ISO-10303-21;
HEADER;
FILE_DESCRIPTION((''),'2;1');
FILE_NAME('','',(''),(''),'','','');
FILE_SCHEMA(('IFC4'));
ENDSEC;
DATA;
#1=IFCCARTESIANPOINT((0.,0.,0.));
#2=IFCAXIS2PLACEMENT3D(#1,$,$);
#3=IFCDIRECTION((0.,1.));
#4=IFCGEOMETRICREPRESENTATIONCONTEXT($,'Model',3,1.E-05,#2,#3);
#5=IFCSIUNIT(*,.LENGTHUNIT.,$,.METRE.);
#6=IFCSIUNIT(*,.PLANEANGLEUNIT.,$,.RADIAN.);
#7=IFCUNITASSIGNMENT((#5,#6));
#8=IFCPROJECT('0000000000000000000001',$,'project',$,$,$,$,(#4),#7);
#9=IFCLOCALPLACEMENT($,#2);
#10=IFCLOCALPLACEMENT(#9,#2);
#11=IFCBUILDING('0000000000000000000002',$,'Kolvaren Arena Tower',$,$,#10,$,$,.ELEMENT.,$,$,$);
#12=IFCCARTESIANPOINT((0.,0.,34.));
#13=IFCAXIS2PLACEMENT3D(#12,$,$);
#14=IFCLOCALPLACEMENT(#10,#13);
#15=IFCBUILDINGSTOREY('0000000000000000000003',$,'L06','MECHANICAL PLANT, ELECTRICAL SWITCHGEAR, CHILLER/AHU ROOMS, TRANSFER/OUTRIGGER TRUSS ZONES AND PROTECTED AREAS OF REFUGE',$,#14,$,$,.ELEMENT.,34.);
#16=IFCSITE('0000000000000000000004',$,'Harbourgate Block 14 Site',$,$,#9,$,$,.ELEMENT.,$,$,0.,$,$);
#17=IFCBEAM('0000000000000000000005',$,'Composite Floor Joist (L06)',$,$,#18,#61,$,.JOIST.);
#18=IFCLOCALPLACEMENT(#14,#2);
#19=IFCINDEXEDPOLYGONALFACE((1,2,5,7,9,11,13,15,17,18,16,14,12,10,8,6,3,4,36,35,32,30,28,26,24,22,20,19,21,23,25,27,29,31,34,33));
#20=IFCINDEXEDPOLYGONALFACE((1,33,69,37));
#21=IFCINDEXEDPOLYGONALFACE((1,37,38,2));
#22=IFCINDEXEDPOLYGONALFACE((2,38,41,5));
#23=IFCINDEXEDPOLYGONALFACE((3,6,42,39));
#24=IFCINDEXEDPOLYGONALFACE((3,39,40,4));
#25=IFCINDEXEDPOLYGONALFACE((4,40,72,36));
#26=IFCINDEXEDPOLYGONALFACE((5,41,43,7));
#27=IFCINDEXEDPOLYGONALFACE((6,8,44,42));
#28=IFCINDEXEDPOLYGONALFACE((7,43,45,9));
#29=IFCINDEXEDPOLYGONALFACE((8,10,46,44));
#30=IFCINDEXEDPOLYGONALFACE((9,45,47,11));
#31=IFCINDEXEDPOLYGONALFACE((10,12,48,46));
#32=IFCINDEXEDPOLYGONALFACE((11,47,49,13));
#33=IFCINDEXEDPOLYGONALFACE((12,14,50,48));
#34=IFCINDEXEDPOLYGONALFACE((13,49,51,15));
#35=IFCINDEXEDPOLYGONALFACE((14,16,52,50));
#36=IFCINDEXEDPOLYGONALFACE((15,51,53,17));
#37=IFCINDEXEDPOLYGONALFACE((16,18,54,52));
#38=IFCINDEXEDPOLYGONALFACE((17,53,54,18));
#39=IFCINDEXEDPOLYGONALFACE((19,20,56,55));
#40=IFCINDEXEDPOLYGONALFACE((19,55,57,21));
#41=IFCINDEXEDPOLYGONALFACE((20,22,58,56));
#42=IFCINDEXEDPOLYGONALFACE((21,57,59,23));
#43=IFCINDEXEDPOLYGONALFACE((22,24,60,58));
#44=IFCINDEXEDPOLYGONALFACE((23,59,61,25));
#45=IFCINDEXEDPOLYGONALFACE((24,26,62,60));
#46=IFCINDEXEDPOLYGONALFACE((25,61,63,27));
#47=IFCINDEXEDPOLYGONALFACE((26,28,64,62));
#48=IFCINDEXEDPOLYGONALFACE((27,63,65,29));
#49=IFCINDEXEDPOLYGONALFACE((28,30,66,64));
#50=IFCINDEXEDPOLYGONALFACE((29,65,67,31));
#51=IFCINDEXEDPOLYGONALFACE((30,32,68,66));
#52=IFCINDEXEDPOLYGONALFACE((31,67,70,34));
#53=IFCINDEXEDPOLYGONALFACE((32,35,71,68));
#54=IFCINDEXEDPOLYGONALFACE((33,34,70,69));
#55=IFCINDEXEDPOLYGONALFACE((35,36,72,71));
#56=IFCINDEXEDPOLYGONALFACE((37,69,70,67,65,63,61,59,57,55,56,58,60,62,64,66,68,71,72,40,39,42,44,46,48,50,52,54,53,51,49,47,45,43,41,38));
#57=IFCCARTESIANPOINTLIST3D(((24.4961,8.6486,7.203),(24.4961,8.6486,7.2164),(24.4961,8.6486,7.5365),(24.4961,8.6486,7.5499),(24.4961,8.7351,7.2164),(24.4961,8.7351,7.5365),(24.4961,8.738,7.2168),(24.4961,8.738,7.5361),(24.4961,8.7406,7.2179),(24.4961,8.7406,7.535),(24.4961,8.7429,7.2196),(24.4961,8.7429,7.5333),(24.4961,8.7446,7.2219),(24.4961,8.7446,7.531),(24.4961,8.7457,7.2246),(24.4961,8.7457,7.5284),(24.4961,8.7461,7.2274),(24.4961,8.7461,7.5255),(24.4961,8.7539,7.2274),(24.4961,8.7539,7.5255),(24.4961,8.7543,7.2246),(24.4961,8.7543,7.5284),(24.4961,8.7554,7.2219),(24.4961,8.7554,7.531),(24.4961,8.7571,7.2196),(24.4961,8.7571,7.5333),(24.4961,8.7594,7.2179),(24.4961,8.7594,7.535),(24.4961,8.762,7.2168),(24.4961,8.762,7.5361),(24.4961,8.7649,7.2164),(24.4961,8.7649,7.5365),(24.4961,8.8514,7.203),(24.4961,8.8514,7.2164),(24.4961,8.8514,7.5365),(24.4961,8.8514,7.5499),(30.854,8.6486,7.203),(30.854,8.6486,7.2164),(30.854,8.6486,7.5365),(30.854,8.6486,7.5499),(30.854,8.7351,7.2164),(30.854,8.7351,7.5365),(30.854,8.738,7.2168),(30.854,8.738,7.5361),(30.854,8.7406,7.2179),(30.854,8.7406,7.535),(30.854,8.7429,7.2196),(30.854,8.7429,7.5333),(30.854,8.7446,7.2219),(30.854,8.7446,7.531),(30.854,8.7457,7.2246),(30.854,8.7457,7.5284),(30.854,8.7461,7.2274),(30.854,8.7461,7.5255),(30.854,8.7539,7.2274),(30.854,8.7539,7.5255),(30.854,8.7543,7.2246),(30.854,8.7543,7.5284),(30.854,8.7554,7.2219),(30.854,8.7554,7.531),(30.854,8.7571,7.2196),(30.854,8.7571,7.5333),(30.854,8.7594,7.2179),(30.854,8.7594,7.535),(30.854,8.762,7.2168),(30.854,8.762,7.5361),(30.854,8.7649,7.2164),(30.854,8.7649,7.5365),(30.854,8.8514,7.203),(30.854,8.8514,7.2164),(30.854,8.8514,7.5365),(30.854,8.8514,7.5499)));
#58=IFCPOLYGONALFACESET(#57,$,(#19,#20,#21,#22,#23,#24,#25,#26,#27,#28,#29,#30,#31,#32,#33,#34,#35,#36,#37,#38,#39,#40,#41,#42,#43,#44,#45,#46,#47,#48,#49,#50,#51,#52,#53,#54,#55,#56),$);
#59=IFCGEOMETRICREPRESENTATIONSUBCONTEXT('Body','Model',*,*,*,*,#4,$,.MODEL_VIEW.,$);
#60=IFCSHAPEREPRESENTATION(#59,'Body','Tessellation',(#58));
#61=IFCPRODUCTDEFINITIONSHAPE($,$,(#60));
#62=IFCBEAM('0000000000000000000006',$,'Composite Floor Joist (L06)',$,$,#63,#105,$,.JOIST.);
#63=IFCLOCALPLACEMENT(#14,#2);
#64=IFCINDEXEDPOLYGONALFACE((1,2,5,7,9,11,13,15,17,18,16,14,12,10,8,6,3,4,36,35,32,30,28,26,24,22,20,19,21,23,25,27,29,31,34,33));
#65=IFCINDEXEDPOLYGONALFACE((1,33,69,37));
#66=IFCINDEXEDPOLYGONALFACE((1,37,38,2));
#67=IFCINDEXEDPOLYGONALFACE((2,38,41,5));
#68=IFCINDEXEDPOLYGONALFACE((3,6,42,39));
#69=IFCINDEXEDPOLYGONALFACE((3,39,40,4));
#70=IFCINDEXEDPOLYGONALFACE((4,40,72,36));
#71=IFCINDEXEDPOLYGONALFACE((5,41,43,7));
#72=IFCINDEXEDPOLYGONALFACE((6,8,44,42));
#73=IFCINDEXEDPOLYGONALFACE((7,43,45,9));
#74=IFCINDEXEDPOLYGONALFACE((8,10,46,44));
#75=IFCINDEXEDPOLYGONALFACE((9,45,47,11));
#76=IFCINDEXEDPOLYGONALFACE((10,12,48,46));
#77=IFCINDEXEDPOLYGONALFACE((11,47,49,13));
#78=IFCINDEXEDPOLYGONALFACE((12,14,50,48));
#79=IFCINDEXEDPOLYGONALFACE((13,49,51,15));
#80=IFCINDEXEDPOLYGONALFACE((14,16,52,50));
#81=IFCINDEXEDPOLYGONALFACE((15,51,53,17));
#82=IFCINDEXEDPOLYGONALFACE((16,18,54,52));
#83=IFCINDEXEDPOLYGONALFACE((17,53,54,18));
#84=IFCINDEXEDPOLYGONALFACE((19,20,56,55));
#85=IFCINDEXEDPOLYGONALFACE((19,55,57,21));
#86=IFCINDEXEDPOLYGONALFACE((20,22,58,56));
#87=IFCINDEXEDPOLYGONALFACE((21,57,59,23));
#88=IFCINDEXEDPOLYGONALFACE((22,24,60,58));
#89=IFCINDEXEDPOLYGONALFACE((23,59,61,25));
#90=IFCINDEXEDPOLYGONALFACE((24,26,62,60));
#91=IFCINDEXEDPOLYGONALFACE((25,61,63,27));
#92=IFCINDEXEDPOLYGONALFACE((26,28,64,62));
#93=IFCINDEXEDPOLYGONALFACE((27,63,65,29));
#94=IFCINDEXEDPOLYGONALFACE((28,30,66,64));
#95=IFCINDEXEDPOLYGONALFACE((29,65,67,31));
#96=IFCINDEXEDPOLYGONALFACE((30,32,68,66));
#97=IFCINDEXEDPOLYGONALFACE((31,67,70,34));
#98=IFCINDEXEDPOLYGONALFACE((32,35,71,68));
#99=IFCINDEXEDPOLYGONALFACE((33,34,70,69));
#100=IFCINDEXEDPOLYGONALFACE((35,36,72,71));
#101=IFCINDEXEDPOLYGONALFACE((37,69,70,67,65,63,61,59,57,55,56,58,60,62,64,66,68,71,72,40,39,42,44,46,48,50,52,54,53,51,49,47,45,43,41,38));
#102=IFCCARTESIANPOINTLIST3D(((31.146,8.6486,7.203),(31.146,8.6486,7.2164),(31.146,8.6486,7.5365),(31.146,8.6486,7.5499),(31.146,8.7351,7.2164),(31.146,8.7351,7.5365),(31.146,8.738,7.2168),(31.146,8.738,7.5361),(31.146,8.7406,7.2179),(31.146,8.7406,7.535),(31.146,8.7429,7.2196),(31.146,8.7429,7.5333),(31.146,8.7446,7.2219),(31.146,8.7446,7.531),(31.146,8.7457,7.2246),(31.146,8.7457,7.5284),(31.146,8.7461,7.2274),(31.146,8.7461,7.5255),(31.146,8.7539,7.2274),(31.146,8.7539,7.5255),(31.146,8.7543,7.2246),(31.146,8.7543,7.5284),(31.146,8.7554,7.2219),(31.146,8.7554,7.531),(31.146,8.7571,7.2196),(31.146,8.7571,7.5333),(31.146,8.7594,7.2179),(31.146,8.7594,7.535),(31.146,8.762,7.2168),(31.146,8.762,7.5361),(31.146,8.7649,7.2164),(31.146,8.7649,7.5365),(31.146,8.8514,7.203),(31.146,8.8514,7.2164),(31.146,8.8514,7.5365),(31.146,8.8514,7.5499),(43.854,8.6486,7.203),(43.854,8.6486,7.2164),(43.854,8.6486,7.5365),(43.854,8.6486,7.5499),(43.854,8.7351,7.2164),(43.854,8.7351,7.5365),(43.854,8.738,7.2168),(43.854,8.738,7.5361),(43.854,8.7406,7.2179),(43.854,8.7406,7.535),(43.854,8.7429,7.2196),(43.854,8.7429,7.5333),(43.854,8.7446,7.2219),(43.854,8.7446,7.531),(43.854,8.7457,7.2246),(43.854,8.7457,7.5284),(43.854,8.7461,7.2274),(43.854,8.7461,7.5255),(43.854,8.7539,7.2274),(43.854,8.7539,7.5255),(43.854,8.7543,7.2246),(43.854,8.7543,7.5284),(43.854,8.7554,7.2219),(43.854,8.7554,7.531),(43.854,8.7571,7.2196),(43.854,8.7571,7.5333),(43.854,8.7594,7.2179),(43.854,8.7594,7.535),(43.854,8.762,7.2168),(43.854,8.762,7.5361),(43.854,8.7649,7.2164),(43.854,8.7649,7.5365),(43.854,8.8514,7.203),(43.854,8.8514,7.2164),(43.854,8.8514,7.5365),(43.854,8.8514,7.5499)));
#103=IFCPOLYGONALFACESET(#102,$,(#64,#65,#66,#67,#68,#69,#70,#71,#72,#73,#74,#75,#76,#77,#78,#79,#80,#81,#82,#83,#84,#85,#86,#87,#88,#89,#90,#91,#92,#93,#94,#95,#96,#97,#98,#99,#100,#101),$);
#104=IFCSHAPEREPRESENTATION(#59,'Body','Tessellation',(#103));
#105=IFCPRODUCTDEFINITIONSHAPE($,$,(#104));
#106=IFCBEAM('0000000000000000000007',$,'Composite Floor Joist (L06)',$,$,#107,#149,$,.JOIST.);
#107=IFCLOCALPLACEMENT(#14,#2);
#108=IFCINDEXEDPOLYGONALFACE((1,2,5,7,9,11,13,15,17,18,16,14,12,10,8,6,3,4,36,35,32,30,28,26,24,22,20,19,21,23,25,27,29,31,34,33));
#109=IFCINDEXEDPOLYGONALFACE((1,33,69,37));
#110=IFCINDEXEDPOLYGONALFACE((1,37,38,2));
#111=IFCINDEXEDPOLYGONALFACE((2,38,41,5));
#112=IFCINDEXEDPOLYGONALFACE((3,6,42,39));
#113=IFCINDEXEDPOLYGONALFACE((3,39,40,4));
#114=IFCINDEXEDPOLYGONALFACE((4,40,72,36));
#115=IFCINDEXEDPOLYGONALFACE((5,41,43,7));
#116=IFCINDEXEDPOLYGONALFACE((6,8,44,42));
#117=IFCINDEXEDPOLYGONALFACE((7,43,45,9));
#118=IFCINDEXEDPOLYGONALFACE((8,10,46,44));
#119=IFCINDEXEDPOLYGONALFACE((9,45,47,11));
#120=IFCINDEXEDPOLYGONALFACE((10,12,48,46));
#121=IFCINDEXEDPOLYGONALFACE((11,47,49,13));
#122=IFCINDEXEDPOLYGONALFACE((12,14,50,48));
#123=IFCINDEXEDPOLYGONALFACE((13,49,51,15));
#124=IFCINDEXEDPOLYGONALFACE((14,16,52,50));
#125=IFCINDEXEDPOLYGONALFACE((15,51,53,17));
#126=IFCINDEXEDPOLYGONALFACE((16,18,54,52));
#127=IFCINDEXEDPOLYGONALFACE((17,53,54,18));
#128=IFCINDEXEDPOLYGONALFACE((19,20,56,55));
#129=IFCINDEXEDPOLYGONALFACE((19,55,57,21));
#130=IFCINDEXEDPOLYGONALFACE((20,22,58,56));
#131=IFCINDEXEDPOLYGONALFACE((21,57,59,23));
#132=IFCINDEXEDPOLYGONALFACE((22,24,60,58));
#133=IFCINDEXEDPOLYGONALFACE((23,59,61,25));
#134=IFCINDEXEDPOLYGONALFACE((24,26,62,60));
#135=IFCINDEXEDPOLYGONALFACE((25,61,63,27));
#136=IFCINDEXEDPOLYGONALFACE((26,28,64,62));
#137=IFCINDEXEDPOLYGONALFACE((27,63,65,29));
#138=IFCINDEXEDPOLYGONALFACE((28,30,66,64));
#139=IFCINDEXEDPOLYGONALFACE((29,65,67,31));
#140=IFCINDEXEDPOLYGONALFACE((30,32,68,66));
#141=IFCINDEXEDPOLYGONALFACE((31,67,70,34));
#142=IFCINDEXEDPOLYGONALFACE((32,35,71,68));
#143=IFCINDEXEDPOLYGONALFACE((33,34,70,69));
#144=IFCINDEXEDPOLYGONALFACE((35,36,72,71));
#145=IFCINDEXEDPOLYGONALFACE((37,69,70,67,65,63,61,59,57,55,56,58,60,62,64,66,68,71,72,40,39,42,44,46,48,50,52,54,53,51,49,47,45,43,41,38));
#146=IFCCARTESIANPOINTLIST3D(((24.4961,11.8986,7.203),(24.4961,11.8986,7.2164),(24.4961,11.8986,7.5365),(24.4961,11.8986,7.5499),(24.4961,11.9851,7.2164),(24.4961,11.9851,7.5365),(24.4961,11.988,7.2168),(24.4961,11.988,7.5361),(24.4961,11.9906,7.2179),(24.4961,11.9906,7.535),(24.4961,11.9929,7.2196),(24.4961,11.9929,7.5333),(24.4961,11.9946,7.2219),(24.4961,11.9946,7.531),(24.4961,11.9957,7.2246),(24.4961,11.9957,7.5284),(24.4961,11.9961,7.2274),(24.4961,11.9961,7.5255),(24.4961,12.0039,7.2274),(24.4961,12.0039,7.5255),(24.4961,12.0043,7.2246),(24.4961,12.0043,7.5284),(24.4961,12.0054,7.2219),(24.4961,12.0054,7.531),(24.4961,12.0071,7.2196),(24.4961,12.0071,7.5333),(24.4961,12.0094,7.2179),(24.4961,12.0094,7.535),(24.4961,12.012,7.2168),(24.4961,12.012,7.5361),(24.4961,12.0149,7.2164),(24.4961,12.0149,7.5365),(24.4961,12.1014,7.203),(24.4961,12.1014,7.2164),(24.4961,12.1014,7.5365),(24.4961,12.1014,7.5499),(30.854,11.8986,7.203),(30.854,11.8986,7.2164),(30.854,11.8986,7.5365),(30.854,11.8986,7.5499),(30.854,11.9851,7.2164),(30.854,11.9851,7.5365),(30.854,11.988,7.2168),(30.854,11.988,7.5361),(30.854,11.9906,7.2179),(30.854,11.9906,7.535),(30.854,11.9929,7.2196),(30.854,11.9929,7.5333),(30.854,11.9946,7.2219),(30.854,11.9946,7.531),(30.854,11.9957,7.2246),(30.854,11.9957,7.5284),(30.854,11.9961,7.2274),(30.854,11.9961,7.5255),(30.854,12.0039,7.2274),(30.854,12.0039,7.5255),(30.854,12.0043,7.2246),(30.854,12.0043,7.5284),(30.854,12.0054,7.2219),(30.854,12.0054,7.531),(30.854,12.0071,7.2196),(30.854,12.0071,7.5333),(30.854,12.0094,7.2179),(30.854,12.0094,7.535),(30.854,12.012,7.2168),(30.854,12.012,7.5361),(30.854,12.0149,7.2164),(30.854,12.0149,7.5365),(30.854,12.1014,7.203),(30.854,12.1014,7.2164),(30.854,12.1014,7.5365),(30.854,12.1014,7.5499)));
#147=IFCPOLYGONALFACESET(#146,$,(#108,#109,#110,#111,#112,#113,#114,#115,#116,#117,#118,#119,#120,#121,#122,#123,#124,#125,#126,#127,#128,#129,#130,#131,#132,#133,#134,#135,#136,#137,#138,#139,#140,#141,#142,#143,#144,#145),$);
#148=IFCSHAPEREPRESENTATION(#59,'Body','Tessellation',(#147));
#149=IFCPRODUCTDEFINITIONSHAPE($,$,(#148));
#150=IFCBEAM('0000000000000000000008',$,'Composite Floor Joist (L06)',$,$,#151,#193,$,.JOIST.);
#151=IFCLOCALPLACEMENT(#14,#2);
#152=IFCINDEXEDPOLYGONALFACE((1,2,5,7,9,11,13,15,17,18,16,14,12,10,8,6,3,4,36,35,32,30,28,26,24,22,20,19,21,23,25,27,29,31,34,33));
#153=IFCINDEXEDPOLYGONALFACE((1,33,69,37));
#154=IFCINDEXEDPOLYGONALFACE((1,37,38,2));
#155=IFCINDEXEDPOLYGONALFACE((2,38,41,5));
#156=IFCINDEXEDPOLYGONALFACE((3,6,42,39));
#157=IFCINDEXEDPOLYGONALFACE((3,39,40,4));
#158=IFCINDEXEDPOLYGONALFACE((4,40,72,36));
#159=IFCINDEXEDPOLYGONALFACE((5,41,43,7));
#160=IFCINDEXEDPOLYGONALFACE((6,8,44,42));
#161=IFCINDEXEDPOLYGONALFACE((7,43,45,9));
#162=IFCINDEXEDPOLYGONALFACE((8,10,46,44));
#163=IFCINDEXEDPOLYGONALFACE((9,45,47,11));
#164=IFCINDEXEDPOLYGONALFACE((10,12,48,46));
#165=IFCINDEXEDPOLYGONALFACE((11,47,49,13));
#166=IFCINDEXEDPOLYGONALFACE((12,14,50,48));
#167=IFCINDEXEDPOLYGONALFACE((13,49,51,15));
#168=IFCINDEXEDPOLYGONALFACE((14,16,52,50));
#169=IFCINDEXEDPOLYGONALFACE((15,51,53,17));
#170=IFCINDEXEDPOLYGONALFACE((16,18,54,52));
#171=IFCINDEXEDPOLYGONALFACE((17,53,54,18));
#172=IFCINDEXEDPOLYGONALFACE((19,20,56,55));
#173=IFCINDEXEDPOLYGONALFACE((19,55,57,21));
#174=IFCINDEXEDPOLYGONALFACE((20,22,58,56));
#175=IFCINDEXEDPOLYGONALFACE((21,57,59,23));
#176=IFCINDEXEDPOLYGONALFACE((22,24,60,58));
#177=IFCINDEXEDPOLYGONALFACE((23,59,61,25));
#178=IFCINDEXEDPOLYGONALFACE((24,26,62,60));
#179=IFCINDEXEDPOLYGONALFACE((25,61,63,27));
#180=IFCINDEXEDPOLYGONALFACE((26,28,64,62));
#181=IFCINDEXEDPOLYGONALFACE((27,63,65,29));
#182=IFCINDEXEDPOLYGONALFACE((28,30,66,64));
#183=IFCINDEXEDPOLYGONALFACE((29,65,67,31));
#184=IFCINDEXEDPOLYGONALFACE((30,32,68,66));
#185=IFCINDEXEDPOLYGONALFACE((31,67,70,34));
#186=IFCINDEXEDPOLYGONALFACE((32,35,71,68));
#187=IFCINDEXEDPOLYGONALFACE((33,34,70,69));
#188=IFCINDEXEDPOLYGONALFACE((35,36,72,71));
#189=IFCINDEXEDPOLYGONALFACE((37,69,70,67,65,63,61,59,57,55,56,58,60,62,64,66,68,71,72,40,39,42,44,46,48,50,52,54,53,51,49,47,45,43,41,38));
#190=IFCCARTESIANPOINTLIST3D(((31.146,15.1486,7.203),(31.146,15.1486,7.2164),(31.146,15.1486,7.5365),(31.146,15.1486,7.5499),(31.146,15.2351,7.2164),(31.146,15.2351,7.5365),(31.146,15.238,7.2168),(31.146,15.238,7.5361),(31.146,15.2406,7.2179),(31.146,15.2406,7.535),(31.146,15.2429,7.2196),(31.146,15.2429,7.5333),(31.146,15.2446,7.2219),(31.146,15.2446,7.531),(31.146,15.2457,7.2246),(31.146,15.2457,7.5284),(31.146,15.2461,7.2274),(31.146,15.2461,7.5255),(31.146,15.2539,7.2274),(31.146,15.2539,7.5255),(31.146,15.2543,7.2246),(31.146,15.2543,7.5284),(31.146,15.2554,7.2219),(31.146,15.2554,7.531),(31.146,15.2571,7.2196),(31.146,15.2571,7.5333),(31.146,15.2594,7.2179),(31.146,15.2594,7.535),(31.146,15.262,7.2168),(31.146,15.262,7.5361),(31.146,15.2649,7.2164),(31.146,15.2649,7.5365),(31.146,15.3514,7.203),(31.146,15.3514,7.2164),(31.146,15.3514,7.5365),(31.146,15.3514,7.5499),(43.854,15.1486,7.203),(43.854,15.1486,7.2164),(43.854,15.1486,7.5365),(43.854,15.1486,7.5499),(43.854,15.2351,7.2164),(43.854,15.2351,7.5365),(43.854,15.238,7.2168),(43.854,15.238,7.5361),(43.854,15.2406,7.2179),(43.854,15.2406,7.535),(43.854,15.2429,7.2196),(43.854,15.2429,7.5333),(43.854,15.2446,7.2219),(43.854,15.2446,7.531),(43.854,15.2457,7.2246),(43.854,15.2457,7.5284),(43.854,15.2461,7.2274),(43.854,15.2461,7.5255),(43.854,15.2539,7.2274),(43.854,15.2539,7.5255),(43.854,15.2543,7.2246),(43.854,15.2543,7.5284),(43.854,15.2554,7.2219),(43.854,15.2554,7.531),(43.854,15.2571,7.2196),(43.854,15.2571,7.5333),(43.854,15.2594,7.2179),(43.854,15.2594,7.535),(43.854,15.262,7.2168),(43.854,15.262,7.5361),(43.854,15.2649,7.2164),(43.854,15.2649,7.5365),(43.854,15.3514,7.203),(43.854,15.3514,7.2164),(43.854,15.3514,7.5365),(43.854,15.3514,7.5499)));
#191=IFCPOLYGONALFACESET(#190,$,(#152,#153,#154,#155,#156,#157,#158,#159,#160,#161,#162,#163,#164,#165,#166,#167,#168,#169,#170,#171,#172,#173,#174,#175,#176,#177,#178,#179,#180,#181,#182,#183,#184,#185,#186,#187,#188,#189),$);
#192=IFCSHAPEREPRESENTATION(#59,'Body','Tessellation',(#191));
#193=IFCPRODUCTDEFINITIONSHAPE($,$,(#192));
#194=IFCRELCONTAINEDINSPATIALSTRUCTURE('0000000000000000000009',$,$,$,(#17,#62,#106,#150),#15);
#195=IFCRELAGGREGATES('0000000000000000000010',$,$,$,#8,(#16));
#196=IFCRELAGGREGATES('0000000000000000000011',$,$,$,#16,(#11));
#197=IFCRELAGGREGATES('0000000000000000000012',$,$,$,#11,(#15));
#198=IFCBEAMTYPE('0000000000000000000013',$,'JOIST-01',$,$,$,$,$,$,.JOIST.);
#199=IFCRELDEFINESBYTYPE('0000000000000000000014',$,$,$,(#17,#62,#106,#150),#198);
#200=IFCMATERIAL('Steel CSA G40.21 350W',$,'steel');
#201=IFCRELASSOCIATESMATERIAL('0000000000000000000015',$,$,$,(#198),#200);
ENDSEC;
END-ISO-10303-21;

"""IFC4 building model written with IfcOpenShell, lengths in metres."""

from ifc_helpers import new_model, si_unit, direction, frame, origin, origin_2d, place, context, subcontext, project, spatial, i_section, extrude, material, material_profile, profile_set, type_object, element, save


model = new_model("IFC4")

# Units and contexts
model_context = context("Model", 3, precision=1e-05, world=origin(), true_north=direction((0.0, 1.0)))
body_context = subcontext(model_context, "Body", "Model", "MODEL_VIEW")
ifc_project = project(units=[si_unit("LENGTHUNIT", "METRE"), si_unit("PLANEANGLEUNIT", "RADIAN")], contexts=[model_context])

# Site, building, storey
site_placement = place(None, origin())
site = spatial("IfcSite", under=ifc_project, at=site_placement, Name="Harbourgate Block 14 Site", CompositionType="ELEMENT", RefElevation=0.0)
building_placement = place(site_placement, origin())
building = spatial("IfcBuilding", under=site, at=building_placement, Name="Kolvaren Arena Tower", CompositionType="ELEMENT")
storey_placement = place(building_placement, frame((0.0, 0.0, 34.0)))
storey = spatial("IfcBuildingStorey", under=building, at=storey_placement, Name="L06", Description="MECHANICAL PLANT, ELECTRICAL SWITCHGEAR, CHILLER/AHU ROOMS, TRANSFER/OUTRIGGER TRUSS ZONES AND PROTECTED AREAS OF REFUGE", CompositionType="ELEMENT", Elevation=34.0)

# Shared definitions
ifc_material_1 = material(Name="Steel CSA G40.21 350W", Category="steel")

# Beams
ifc_material_profile_1 = material_profile(ifc_material_1, i_section(OverallWidth=0.2029, OverallDepth=0.3469, WebThickness=0.0078, FlangeThickness=0.0134, FilletRadius=0.011, at=origin_2d()), Name="W360x64")
ifc_profile_set_1 = profile_set([ifc_material_profile_1], Name="Steel CSA G40.21 350W")
beam_type_1 = type_object("IfcBeamType", Name="JOIST-01", PredefinedType="JOIST", material=ifc_profile_set_1)
beam_1_placement = place(storey_placement, frame((24.4961, 8.75, 7.3765), z_axis=(1.0, 0.0, 0.0), x_axis=(0.0, 1.0, 0.0)))
element("IfcBeam", 1, at=beam_1_placement, inside=storey, type_object=beam_type_1, Name="Composite Floor Joist (L06)", PredefinedType="JOIST", context=body_context, shape_type="SweptSolid", body=[
    extrude(i_section(OverallWidth=0.2029, OverallDepth=0.3469, WebThickness=0.0078, FlangeThickness=0.0134, FilletRadius=0.011, at=origin_2d()), origin(), (0.0, 0.0, 1.0), 6.3579),
])
beam_2_placement = place(storey_placement, frame((31.146, 8.75, 7.3765), z_axis=(1.0, 0.0, 0.0), x_axis=(0.0, 1.0, 0.0)))
element("IfcBeam", 2, at=beam_2_placement, inside=storey, type_object=beam_type_1, Name="Composite Floor Joist (L06)", PredefinedType="JOIST", context=body_context, shape_type="SweptSolid", body=[
    extrude(i_section(OverallWidth=0.2029, OverallDepth=0.3469, WebThickness=0.0078, FlangeThickness=0.0134, FilletRadius=0.011, at=origin_2d()), origin(), (0.0, 0.0, 1.0), 12.708),
])
beam_3_placement = place(storey_placement, frame((24.4961, 12.0, 7.3765), z_axis=(1.0, 0.0, 0.0), x_axis=(0.0, 1.0, 0.0)))
element("IfcBeam", 3, at=beam_3_placement, inside=storey, type_object=beam_type_1, Name="Composite Floor Joist (L06)", PredefinedType="JOIST", context=body_context, shape_type="SweptSolid", body=[
    extrude(i_section(OverallWidth=0.2029, OverallDepth=0.3469, WebThickness=0.0078, FlangeThickness=0.0134, FilletRadius=0.011, at=origin_2d()), origin(), (0.0, 0.0, 1.0), 6.3579),
])
beam_4_placement = place(storey_placement, frame((31.146, 15.25, 7.3765), z_axis=(1.0, 0.0, 0.0), x_axis=(0.0, 1.0, 0.0)))
element("IfcBeam", 4, at=beam_4_placement, inside=storey, type_object=beam_type_1, Name="Composite Floor Joist (L06)", PredefinedType="JOIST", context=body_context, shape_type="SweptSolid", body=[
    extrude(i_section(OverallWidth=0.2029, OverallDepth=0.3469, WebThickness=0.0078, FlangeThickness=0.0134, FilletRadius=0.011, at=origin_2d()), origin(), (0.0, 0.0, 1.0), 12.708),
])

save(model, "model.ifc")
